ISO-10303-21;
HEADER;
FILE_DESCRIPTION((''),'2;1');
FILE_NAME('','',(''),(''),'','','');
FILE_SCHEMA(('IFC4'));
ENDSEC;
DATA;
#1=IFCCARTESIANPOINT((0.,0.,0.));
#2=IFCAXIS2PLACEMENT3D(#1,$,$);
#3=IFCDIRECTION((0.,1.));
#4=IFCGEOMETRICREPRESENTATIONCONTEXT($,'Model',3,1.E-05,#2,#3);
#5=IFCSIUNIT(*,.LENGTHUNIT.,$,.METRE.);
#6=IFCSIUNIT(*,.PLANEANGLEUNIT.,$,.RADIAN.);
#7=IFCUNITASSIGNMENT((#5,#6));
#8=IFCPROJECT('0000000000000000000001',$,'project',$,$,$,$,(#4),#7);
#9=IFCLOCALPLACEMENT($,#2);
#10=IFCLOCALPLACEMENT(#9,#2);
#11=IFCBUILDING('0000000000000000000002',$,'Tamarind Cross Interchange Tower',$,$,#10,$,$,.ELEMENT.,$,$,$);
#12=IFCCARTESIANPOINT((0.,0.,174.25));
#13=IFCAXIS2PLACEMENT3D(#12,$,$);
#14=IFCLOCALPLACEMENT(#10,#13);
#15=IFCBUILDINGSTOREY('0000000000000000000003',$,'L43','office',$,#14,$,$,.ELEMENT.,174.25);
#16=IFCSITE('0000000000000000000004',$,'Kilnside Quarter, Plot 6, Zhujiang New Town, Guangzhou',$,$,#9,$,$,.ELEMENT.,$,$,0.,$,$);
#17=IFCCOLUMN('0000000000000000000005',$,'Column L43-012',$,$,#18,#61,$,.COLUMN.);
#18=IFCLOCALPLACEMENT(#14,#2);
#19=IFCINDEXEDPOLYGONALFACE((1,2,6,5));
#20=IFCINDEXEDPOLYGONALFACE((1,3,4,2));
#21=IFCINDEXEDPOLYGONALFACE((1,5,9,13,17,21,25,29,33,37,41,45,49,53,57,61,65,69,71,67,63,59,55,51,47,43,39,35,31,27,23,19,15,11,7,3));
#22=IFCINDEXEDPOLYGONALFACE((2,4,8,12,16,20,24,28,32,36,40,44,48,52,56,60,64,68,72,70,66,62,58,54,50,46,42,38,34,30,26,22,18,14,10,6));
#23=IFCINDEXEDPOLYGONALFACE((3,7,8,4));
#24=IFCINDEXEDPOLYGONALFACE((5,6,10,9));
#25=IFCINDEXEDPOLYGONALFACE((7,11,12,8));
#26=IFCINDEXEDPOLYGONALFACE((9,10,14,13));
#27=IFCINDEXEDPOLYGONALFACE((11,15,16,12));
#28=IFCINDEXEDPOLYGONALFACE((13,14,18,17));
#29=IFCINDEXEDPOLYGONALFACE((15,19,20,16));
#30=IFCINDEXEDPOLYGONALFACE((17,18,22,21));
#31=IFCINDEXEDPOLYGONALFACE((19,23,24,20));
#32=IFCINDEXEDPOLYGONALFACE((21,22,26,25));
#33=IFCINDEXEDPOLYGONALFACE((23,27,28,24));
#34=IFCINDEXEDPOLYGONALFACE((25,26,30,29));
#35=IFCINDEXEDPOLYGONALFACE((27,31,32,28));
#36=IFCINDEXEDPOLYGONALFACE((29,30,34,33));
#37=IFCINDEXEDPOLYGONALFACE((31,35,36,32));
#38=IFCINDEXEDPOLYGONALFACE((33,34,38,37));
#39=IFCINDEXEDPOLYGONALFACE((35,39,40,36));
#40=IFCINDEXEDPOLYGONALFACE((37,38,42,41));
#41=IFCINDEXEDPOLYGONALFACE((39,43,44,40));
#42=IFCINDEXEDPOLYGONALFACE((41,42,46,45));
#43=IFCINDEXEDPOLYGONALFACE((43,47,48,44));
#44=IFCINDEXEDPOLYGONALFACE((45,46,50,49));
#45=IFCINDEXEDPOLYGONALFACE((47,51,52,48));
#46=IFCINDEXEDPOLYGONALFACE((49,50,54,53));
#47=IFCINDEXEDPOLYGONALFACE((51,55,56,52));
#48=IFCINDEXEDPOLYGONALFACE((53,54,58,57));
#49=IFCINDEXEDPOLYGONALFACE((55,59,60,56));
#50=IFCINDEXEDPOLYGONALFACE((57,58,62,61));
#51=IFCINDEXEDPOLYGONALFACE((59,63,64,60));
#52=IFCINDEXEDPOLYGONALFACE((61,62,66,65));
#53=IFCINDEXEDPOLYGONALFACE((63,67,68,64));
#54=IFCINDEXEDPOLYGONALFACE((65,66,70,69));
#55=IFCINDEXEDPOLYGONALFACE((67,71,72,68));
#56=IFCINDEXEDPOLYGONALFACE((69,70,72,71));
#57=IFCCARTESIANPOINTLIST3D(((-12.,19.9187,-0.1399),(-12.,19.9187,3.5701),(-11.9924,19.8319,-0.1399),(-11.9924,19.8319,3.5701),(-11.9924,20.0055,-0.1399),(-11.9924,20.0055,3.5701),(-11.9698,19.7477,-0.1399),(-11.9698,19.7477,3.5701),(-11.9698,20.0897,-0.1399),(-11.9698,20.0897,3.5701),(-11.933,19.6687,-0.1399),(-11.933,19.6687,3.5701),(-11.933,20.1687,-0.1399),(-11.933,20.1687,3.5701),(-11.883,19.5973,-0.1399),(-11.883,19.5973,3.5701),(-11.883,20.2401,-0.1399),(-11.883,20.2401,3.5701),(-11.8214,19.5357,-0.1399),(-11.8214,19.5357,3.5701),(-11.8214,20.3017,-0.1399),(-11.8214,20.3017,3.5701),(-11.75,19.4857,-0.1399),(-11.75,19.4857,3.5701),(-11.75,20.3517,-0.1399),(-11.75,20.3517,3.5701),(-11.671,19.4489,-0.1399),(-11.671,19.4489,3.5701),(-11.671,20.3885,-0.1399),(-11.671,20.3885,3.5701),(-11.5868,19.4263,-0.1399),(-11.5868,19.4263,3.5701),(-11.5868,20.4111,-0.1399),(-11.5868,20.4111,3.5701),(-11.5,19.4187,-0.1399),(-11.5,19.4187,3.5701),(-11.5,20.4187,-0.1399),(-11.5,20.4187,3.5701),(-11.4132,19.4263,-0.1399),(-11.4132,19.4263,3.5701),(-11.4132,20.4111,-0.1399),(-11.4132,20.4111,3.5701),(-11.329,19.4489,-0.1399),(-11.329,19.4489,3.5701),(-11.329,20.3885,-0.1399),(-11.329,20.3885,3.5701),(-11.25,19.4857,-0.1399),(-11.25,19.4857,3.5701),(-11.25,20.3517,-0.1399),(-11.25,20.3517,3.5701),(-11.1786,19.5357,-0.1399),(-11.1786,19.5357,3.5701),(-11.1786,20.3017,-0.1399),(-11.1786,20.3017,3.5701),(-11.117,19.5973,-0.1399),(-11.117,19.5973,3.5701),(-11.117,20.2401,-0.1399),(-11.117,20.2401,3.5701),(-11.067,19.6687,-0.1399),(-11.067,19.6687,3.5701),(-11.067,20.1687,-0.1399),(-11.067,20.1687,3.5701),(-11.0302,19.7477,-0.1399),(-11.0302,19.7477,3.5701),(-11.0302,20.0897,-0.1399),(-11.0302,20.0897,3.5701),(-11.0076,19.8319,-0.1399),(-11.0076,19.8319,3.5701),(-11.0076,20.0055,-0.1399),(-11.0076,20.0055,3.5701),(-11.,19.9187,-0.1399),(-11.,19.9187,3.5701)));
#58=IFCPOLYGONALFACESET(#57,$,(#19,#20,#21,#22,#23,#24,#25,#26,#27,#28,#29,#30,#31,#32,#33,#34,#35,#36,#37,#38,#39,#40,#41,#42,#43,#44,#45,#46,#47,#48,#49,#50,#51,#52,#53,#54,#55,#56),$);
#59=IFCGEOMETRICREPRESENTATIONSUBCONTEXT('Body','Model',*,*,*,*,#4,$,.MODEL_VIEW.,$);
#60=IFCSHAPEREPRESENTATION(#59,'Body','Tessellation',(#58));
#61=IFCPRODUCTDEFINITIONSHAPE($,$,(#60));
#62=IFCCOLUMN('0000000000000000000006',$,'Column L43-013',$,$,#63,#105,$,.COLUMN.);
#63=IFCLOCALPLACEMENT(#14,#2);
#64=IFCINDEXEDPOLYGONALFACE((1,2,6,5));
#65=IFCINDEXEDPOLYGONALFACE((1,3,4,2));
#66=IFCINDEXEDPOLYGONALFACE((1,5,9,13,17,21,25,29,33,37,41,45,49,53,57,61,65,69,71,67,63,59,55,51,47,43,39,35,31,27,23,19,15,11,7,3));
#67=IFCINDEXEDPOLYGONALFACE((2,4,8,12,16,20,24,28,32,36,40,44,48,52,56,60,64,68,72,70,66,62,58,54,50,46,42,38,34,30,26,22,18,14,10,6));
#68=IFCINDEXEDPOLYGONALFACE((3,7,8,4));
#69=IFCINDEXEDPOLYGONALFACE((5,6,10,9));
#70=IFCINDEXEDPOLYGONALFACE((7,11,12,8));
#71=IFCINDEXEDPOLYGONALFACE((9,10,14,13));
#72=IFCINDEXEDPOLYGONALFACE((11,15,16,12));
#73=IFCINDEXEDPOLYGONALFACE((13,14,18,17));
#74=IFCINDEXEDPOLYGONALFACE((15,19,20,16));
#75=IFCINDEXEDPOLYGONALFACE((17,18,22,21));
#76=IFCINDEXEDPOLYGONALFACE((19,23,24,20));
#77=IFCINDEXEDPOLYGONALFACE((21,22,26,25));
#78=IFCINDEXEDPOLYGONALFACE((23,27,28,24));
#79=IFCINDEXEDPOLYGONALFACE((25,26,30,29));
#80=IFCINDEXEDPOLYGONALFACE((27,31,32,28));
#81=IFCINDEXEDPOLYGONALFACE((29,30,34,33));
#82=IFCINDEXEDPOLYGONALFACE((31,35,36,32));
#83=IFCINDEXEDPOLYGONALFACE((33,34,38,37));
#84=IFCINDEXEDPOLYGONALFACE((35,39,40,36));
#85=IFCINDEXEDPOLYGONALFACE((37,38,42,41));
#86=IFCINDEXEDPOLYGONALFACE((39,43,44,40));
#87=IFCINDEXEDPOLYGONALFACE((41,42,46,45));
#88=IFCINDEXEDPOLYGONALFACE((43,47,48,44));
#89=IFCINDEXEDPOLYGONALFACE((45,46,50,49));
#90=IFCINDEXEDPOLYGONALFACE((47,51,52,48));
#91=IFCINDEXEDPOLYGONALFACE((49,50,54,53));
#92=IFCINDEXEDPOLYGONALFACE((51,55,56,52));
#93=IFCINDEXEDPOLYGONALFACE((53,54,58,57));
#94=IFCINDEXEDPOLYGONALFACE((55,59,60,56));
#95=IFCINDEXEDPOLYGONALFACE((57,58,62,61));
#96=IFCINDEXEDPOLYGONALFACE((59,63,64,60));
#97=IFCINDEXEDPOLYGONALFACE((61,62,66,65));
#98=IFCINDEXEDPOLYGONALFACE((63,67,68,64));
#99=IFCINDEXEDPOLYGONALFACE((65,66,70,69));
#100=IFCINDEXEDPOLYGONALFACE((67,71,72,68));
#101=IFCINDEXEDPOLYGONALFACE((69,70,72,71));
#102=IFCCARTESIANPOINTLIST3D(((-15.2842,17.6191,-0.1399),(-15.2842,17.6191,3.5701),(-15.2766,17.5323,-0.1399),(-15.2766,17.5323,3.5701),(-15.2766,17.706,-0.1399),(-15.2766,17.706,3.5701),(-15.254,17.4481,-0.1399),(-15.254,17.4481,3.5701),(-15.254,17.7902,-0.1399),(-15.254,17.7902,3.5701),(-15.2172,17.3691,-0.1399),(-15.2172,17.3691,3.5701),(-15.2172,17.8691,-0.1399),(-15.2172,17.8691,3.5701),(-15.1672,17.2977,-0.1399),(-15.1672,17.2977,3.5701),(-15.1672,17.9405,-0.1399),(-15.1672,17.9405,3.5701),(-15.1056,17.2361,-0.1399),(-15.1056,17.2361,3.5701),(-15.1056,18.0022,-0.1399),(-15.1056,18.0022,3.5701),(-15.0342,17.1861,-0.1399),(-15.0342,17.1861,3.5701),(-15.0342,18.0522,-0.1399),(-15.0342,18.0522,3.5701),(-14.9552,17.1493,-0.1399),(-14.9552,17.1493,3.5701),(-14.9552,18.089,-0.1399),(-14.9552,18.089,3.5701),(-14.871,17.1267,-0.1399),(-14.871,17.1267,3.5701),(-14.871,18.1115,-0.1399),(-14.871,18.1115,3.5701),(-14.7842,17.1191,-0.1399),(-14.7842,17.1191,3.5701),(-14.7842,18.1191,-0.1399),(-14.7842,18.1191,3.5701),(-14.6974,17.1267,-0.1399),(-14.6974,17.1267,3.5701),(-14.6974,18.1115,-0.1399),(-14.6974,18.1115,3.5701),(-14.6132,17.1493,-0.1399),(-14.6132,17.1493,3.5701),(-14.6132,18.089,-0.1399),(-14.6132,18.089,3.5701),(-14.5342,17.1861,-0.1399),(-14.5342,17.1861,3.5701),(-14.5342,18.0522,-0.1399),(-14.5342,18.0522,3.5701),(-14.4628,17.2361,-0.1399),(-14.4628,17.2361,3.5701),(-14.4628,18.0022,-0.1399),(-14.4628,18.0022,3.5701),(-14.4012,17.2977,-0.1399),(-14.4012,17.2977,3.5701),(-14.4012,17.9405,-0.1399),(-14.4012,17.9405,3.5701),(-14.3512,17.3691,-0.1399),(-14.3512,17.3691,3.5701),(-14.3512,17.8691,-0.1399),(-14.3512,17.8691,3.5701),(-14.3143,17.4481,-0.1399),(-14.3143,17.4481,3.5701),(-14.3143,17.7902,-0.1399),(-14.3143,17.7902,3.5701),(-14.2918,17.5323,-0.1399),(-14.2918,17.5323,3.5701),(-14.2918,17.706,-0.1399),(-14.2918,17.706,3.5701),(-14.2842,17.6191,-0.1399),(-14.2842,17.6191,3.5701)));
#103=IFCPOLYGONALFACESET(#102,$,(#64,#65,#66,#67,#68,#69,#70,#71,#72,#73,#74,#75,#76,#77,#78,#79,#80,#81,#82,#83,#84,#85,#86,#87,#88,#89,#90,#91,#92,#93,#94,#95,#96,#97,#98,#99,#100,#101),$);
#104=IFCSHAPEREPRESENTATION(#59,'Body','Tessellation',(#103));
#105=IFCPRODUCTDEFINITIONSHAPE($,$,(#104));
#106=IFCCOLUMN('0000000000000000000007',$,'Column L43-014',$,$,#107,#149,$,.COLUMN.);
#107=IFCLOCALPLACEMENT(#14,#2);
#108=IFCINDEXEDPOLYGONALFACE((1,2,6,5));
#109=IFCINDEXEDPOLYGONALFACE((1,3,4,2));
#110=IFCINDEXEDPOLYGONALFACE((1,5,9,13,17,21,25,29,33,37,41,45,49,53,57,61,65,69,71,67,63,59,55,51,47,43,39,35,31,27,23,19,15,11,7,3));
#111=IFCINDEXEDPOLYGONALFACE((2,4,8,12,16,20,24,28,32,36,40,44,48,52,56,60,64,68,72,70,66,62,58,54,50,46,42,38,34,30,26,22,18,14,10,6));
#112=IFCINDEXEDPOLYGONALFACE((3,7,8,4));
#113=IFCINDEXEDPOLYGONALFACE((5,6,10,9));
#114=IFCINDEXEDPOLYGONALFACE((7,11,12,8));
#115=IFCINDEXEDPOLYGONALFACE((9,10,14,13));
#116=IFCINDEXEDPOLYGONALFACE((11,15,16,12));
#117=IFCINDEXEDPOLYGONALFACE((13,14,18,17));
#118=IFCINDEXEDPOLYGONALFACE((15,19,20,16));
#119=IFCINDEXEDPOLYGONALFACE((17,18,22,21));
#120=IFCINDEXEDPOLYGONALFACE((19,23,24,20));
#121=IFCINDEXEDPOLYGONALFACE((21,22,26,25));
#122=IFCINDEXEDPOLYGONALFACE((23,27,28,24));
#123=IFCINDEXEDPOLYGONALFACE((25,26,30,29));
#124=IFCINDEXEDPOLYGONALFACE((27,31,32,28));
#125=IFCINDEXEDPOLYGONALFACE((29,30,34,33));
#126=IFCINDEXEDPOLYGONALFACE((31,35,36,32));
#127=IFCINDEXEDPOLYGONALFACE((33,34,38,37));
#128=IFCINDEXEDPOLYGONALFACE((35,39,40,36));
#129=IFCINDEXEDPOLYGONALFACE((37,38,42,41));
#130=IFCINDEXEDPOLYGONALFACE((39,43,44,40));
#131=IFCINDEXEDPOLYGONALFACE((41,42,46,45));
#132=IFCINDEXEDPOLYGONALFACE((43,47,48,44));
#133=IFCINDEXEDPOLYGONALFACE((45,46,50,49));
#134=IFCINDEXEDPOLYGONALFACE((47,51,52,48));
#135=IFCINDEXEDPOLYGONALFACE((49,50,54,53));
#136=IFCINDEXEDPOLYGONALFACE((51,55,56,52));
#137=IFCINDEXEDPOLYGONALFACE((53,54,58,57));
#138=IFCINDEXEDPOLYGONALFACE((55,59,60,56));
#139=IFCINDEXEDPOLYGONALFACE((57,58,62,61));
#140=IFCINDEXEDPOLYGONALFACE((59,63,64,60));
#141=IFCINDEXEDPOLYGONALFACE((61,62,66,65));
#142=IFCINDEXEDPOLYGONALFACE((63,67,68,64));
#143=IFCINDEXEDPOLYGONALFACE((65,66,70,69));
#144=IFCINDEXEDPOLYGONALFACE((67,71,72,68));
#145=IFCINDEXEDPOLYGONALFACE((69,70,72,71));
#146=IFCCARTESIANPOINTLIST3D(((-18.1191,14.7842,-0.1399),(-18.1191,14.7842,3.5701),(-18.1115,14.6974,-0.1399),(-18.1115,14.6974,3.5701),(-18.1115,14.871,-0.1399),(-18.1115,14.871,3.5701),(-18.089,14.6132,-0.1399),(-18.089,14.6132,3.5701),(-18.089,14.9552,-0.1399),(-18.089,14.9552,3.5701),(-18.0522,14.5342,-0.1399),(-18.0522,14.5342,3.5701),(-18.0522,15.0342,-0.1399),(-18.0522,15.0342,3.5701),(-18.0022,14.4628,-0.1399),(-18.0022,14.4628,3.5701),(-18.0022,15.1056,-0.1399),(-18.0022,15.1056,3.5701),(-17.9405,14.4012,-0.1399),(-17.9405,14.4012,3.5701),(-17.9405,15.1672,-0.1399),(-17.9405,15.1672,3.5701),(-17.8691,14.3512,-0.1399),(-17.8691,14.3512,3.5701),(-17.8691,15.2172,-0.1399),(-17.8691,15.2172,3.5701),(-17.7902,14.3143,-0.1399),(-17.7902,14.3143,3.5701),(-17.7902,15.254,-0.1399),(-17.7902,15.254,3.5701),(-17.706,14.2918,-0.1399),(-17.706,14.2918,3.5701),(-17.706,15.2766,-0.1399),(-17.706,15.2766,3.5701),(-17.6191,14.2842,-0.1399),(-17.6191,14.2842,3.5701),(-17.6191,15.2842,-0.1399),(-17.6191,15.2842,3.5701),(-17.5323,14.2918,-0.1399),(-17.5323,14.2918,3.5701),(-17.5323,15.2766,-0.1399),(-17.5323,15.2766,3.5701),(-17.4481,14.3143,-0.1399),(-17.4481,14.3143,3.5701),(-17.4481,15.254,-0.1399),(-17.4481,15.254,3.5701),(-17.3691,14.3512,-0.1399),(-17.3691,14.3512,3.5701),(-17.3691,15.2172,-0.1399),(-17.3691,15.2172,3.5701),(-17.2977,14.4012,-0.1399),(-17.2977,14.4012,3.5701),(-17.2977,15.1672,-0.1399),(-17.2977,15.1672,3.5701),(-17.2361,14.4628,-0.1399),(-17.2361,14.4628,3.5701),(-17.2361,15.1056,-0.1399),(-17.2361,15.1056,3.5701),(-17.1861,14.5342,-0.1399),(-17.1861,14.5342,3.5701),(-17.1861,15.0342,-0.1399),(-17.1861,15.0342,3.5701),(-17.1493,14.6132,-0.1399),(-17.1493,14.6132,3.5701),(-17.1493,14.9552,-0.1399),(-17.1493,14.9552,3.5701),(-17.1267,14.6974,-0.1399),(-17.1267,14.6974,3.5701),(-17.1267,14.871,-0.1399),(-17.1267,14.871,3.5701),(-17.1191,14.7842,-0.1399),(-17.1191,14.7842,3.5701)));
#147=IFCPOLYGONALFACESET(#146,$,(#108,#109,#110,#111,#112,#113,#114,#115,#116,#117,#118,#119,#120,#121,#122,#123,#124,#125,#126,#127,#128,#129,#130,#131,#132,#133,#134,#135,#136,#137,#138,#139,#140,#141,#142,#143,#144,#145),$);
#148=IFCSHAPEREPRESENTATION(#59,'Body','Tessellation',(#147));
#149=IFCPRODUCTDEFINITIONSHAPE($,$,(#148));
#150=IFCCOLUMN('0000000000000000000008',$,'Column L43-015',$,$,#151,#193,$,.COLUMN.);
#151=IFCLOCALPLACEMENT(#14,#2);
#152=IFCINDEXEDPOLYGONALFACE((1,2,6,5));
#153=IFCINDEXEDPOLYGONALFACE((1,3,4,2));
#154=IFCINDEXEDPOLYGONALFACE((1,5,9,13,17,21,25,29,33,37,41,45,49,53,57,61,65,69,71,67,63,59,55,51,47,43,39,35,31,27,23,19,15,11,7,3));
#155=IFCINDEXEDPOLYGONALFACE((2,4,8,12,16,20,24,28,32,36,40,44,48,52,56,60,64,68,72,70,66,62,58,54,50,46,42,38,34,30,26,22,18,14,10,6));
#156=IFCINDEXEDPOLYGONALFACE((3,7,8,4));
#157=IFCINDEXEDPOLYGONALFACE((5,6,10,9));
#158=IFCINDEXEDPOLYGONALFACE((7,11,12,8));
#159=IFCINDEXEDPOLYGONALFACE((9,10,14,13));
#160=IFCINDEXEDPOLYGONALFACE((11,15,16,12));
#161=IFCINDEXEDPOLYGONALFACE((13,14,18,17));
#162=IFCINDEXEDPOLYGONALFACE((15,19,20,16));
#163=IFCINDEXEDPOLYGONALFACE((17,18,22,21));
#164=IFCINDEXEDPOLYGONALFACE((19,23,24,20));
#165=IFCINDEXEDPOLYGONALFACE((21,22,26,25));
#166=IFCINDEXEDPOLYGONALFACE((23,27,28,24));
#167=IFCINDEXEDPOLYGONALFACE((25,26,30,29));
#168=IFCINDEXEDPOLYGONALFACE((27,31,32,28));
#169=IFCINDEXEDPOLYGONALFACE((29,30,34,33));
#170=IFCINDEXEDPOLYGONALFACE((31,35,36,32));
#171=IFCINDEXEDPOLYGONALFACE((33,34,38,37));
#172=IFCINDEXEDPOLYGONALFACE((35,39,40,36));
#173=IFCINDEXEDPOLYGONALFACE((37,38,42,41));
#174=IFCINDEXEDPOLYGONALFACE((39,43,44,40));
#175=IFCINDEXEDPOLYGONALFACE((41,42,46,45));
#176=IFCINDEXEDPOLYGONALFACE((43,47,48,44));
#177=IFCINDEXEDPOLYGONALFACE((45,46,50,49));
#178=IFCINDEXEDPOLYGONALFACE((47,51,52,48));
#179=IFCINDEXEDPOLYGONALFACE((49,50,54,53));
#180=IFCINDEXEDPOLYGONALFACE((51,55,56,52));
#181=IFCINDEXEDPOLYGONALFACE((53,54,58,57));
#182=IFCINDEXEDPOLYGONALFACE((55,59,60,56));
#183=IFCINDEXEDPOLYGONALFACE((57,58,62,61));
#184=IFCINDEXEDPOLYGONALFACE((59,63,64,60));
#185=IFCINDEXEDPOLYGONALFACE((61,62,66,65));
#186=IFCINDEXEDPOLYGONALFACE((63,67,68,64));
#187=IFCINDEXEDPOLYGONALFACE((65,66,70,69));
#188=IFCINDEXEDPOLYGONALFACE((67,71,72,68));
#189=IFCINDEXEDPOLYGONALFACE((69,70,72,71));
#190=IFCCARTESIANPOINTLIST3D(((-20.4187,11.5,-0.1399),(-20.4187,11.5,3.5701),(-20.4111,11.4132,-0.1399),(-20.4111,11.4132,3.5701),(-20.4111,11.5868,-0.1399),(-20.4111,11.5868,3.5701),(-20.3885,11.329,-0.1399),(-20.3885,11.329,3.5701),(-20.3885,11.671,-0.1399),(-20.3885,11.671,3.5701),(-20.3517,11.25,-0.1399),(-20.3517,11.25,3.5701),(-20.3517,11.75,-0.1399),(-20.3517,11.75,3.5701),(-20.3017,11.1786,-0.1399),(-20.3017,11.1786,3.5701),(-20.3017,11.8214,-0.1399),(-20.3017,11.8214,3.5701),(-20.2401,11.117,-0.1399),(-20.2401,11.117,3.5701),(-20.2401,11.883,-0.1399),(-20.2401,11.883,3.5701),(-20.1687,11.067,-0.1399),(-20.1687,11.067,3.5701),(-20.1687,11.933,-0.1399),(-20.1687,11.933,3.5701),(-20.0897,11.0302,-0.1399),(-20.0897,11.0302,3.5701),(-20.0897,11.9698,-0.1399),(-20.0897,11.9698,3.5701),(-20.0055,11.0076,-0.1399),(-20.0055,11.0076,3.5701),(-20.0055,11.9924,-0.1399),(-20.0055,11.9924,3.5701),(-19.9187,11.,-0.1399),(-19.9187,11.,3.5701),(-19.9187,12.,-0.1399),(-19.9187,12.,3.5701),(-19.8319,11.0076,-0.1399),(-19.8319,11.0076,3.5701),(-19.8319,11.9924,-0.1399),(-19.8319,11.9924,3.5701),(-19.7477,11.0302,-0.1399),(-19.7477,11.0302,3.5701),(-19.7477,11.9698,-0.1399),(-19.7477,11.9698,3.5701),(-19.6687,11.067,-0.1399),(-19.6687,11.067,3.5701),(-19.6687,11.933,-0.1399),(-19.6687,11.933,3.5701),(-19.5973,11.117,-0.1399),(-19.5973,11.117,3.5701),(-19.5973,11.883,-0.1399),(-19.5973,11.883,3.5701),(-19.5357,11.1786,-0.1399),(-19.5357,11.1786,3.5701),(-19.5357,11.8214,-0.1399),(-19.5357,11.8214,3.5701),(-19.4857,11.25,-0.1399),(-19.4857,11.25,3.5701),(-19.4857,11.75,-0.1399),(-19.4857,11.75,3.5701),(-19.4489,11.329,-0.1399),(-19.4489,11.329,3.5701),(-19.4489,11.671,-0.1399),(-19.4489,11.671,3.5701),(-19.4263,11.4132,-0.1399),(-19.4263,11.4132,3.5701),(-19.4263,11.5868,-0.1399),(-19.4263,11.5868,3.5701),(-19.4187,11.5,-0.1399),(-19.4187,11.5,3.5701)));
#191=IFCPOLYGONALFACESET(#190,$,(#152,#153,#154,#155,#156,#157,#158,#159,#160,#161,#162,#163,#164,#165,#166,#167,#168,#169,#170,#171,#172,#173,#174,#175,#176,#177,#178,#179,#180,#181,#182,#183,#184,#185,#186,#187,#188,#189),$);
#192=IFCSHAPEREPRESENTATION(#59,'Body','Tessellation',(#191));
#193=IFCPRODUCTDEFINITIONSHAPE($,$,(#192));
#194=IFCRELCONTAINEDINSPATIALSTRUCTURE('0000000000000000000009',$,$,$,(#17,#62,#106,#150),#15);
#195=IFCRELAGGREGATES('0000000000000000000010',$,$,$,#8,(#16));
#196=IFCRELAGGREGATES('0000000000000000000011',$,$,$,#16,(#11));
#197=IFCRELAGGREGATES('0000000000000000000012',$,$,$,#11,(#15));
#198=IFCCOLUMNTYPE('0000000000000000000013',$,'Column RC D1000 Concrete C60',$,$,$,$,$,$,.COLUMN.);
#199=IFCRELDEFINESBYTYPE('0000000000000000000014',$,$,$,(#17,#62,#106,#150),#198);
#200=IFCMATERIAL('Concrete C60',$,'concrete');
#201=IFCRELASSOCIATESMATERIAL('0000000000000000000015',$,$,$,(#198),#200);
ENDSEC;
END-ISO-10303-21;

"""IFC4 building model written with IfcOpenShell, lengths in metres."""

from ifc_helpers import new_model, si_unit, direction, frame, origin, origin_2d, place, context, subcontext, project, spatial, circle, extrude, material, material_profile, profile_set, type_object, element, save


model = new_model("IFC4")

# Units and contexts
model_context = context("Model", 3, precision=1e-05, world=origin(), true_north=direction((0.0, 1.0)))
body_context = subcontext(model_context, "Body", "Model", "MODEL_VIEW")
ifc_project = project(units=[si_unit("LENGTHUNIT", "METRE"), si_unit("PLANEANGLEUNIT", "RADIAN")], contexts=[model_context])

# Site, building, storey
site_placement = place(None, origin())
site = spatial("IfcSite", under=ifc_project, at=site_placement, Name="Kilnside Quarter, Plot 6, Zhujiang New Town, Guangzhou", CompositionType="ELEMENT", RefElevation=0.0)
building_placement = place(site_placement, origin())
building = spatial("IfcBuilding", under=site, at=building_placement, Name="Tamarind Cross Interchange Tower", CompositionType="ELEMENT")
storey_placement = place(building_placement, frame((0.0, 0.0, 174.25)))
storey = spatial("IfcBuildingStorey", under=building, at=storey_placement, Name="L43", Description="office", CompositionType="ELEMENT", Elevation=174.25)

# Columns
ifc_material_1 = material(Name="Concrete C60", Category="concrete")
ifc_material_profile_1 = material_profile(ifc_material_1, circle(Radius=0.5, at=origin_2d()), Name="RC D1000")
ifc_profile_set_1 = profile_set([ifc_material_profile_1], Name="Concrete C60")
column_type = type_object("IfcColumnType", Name="Column RC D1000 Concrete C60", PredefinedType="COLUMN", material=ifc_profile_set_1)
for number, where, z_axis, x_axis, name in (
    (1, (-11.5, 19.9187, -0.1399), (0.0, 0.0, 1.0), (1.0, 0.0, 0.0), "Column L43-012"),
    (2, (-14.7842, 17.6191, -0.1399), (0.0, 0.0, 1.0), (1.0, 0.0, 0.0), "Column L43-013"),
    (3, (-17.6191, 14.7842, -0.1399), (0.0, 0.0, 1.0), (1.0, 0.0, 0.0), "Column L43-014"),
    (4, (-19.9187, 11.5, -0.1399), (0.0, 0.0, 1.0), (1.0, 0.0, 0.0), "Column L43-015"),
):
    element("IfcColumn", number, at=place(storey_placement, frame(where, z_axis=z_axis, x_axis=x_axis)), inside=storey, type_object=column_type, Name=name, PredefinedType="COLUMN", context=body_context, shape_type="SweptSolid", body=[
        extrude(circle(Radius=0.5, at=origin_2d()), origin(), (0.0, 0.0, 1.0), 3.71),
    ])

save(model, "model.ifc")
